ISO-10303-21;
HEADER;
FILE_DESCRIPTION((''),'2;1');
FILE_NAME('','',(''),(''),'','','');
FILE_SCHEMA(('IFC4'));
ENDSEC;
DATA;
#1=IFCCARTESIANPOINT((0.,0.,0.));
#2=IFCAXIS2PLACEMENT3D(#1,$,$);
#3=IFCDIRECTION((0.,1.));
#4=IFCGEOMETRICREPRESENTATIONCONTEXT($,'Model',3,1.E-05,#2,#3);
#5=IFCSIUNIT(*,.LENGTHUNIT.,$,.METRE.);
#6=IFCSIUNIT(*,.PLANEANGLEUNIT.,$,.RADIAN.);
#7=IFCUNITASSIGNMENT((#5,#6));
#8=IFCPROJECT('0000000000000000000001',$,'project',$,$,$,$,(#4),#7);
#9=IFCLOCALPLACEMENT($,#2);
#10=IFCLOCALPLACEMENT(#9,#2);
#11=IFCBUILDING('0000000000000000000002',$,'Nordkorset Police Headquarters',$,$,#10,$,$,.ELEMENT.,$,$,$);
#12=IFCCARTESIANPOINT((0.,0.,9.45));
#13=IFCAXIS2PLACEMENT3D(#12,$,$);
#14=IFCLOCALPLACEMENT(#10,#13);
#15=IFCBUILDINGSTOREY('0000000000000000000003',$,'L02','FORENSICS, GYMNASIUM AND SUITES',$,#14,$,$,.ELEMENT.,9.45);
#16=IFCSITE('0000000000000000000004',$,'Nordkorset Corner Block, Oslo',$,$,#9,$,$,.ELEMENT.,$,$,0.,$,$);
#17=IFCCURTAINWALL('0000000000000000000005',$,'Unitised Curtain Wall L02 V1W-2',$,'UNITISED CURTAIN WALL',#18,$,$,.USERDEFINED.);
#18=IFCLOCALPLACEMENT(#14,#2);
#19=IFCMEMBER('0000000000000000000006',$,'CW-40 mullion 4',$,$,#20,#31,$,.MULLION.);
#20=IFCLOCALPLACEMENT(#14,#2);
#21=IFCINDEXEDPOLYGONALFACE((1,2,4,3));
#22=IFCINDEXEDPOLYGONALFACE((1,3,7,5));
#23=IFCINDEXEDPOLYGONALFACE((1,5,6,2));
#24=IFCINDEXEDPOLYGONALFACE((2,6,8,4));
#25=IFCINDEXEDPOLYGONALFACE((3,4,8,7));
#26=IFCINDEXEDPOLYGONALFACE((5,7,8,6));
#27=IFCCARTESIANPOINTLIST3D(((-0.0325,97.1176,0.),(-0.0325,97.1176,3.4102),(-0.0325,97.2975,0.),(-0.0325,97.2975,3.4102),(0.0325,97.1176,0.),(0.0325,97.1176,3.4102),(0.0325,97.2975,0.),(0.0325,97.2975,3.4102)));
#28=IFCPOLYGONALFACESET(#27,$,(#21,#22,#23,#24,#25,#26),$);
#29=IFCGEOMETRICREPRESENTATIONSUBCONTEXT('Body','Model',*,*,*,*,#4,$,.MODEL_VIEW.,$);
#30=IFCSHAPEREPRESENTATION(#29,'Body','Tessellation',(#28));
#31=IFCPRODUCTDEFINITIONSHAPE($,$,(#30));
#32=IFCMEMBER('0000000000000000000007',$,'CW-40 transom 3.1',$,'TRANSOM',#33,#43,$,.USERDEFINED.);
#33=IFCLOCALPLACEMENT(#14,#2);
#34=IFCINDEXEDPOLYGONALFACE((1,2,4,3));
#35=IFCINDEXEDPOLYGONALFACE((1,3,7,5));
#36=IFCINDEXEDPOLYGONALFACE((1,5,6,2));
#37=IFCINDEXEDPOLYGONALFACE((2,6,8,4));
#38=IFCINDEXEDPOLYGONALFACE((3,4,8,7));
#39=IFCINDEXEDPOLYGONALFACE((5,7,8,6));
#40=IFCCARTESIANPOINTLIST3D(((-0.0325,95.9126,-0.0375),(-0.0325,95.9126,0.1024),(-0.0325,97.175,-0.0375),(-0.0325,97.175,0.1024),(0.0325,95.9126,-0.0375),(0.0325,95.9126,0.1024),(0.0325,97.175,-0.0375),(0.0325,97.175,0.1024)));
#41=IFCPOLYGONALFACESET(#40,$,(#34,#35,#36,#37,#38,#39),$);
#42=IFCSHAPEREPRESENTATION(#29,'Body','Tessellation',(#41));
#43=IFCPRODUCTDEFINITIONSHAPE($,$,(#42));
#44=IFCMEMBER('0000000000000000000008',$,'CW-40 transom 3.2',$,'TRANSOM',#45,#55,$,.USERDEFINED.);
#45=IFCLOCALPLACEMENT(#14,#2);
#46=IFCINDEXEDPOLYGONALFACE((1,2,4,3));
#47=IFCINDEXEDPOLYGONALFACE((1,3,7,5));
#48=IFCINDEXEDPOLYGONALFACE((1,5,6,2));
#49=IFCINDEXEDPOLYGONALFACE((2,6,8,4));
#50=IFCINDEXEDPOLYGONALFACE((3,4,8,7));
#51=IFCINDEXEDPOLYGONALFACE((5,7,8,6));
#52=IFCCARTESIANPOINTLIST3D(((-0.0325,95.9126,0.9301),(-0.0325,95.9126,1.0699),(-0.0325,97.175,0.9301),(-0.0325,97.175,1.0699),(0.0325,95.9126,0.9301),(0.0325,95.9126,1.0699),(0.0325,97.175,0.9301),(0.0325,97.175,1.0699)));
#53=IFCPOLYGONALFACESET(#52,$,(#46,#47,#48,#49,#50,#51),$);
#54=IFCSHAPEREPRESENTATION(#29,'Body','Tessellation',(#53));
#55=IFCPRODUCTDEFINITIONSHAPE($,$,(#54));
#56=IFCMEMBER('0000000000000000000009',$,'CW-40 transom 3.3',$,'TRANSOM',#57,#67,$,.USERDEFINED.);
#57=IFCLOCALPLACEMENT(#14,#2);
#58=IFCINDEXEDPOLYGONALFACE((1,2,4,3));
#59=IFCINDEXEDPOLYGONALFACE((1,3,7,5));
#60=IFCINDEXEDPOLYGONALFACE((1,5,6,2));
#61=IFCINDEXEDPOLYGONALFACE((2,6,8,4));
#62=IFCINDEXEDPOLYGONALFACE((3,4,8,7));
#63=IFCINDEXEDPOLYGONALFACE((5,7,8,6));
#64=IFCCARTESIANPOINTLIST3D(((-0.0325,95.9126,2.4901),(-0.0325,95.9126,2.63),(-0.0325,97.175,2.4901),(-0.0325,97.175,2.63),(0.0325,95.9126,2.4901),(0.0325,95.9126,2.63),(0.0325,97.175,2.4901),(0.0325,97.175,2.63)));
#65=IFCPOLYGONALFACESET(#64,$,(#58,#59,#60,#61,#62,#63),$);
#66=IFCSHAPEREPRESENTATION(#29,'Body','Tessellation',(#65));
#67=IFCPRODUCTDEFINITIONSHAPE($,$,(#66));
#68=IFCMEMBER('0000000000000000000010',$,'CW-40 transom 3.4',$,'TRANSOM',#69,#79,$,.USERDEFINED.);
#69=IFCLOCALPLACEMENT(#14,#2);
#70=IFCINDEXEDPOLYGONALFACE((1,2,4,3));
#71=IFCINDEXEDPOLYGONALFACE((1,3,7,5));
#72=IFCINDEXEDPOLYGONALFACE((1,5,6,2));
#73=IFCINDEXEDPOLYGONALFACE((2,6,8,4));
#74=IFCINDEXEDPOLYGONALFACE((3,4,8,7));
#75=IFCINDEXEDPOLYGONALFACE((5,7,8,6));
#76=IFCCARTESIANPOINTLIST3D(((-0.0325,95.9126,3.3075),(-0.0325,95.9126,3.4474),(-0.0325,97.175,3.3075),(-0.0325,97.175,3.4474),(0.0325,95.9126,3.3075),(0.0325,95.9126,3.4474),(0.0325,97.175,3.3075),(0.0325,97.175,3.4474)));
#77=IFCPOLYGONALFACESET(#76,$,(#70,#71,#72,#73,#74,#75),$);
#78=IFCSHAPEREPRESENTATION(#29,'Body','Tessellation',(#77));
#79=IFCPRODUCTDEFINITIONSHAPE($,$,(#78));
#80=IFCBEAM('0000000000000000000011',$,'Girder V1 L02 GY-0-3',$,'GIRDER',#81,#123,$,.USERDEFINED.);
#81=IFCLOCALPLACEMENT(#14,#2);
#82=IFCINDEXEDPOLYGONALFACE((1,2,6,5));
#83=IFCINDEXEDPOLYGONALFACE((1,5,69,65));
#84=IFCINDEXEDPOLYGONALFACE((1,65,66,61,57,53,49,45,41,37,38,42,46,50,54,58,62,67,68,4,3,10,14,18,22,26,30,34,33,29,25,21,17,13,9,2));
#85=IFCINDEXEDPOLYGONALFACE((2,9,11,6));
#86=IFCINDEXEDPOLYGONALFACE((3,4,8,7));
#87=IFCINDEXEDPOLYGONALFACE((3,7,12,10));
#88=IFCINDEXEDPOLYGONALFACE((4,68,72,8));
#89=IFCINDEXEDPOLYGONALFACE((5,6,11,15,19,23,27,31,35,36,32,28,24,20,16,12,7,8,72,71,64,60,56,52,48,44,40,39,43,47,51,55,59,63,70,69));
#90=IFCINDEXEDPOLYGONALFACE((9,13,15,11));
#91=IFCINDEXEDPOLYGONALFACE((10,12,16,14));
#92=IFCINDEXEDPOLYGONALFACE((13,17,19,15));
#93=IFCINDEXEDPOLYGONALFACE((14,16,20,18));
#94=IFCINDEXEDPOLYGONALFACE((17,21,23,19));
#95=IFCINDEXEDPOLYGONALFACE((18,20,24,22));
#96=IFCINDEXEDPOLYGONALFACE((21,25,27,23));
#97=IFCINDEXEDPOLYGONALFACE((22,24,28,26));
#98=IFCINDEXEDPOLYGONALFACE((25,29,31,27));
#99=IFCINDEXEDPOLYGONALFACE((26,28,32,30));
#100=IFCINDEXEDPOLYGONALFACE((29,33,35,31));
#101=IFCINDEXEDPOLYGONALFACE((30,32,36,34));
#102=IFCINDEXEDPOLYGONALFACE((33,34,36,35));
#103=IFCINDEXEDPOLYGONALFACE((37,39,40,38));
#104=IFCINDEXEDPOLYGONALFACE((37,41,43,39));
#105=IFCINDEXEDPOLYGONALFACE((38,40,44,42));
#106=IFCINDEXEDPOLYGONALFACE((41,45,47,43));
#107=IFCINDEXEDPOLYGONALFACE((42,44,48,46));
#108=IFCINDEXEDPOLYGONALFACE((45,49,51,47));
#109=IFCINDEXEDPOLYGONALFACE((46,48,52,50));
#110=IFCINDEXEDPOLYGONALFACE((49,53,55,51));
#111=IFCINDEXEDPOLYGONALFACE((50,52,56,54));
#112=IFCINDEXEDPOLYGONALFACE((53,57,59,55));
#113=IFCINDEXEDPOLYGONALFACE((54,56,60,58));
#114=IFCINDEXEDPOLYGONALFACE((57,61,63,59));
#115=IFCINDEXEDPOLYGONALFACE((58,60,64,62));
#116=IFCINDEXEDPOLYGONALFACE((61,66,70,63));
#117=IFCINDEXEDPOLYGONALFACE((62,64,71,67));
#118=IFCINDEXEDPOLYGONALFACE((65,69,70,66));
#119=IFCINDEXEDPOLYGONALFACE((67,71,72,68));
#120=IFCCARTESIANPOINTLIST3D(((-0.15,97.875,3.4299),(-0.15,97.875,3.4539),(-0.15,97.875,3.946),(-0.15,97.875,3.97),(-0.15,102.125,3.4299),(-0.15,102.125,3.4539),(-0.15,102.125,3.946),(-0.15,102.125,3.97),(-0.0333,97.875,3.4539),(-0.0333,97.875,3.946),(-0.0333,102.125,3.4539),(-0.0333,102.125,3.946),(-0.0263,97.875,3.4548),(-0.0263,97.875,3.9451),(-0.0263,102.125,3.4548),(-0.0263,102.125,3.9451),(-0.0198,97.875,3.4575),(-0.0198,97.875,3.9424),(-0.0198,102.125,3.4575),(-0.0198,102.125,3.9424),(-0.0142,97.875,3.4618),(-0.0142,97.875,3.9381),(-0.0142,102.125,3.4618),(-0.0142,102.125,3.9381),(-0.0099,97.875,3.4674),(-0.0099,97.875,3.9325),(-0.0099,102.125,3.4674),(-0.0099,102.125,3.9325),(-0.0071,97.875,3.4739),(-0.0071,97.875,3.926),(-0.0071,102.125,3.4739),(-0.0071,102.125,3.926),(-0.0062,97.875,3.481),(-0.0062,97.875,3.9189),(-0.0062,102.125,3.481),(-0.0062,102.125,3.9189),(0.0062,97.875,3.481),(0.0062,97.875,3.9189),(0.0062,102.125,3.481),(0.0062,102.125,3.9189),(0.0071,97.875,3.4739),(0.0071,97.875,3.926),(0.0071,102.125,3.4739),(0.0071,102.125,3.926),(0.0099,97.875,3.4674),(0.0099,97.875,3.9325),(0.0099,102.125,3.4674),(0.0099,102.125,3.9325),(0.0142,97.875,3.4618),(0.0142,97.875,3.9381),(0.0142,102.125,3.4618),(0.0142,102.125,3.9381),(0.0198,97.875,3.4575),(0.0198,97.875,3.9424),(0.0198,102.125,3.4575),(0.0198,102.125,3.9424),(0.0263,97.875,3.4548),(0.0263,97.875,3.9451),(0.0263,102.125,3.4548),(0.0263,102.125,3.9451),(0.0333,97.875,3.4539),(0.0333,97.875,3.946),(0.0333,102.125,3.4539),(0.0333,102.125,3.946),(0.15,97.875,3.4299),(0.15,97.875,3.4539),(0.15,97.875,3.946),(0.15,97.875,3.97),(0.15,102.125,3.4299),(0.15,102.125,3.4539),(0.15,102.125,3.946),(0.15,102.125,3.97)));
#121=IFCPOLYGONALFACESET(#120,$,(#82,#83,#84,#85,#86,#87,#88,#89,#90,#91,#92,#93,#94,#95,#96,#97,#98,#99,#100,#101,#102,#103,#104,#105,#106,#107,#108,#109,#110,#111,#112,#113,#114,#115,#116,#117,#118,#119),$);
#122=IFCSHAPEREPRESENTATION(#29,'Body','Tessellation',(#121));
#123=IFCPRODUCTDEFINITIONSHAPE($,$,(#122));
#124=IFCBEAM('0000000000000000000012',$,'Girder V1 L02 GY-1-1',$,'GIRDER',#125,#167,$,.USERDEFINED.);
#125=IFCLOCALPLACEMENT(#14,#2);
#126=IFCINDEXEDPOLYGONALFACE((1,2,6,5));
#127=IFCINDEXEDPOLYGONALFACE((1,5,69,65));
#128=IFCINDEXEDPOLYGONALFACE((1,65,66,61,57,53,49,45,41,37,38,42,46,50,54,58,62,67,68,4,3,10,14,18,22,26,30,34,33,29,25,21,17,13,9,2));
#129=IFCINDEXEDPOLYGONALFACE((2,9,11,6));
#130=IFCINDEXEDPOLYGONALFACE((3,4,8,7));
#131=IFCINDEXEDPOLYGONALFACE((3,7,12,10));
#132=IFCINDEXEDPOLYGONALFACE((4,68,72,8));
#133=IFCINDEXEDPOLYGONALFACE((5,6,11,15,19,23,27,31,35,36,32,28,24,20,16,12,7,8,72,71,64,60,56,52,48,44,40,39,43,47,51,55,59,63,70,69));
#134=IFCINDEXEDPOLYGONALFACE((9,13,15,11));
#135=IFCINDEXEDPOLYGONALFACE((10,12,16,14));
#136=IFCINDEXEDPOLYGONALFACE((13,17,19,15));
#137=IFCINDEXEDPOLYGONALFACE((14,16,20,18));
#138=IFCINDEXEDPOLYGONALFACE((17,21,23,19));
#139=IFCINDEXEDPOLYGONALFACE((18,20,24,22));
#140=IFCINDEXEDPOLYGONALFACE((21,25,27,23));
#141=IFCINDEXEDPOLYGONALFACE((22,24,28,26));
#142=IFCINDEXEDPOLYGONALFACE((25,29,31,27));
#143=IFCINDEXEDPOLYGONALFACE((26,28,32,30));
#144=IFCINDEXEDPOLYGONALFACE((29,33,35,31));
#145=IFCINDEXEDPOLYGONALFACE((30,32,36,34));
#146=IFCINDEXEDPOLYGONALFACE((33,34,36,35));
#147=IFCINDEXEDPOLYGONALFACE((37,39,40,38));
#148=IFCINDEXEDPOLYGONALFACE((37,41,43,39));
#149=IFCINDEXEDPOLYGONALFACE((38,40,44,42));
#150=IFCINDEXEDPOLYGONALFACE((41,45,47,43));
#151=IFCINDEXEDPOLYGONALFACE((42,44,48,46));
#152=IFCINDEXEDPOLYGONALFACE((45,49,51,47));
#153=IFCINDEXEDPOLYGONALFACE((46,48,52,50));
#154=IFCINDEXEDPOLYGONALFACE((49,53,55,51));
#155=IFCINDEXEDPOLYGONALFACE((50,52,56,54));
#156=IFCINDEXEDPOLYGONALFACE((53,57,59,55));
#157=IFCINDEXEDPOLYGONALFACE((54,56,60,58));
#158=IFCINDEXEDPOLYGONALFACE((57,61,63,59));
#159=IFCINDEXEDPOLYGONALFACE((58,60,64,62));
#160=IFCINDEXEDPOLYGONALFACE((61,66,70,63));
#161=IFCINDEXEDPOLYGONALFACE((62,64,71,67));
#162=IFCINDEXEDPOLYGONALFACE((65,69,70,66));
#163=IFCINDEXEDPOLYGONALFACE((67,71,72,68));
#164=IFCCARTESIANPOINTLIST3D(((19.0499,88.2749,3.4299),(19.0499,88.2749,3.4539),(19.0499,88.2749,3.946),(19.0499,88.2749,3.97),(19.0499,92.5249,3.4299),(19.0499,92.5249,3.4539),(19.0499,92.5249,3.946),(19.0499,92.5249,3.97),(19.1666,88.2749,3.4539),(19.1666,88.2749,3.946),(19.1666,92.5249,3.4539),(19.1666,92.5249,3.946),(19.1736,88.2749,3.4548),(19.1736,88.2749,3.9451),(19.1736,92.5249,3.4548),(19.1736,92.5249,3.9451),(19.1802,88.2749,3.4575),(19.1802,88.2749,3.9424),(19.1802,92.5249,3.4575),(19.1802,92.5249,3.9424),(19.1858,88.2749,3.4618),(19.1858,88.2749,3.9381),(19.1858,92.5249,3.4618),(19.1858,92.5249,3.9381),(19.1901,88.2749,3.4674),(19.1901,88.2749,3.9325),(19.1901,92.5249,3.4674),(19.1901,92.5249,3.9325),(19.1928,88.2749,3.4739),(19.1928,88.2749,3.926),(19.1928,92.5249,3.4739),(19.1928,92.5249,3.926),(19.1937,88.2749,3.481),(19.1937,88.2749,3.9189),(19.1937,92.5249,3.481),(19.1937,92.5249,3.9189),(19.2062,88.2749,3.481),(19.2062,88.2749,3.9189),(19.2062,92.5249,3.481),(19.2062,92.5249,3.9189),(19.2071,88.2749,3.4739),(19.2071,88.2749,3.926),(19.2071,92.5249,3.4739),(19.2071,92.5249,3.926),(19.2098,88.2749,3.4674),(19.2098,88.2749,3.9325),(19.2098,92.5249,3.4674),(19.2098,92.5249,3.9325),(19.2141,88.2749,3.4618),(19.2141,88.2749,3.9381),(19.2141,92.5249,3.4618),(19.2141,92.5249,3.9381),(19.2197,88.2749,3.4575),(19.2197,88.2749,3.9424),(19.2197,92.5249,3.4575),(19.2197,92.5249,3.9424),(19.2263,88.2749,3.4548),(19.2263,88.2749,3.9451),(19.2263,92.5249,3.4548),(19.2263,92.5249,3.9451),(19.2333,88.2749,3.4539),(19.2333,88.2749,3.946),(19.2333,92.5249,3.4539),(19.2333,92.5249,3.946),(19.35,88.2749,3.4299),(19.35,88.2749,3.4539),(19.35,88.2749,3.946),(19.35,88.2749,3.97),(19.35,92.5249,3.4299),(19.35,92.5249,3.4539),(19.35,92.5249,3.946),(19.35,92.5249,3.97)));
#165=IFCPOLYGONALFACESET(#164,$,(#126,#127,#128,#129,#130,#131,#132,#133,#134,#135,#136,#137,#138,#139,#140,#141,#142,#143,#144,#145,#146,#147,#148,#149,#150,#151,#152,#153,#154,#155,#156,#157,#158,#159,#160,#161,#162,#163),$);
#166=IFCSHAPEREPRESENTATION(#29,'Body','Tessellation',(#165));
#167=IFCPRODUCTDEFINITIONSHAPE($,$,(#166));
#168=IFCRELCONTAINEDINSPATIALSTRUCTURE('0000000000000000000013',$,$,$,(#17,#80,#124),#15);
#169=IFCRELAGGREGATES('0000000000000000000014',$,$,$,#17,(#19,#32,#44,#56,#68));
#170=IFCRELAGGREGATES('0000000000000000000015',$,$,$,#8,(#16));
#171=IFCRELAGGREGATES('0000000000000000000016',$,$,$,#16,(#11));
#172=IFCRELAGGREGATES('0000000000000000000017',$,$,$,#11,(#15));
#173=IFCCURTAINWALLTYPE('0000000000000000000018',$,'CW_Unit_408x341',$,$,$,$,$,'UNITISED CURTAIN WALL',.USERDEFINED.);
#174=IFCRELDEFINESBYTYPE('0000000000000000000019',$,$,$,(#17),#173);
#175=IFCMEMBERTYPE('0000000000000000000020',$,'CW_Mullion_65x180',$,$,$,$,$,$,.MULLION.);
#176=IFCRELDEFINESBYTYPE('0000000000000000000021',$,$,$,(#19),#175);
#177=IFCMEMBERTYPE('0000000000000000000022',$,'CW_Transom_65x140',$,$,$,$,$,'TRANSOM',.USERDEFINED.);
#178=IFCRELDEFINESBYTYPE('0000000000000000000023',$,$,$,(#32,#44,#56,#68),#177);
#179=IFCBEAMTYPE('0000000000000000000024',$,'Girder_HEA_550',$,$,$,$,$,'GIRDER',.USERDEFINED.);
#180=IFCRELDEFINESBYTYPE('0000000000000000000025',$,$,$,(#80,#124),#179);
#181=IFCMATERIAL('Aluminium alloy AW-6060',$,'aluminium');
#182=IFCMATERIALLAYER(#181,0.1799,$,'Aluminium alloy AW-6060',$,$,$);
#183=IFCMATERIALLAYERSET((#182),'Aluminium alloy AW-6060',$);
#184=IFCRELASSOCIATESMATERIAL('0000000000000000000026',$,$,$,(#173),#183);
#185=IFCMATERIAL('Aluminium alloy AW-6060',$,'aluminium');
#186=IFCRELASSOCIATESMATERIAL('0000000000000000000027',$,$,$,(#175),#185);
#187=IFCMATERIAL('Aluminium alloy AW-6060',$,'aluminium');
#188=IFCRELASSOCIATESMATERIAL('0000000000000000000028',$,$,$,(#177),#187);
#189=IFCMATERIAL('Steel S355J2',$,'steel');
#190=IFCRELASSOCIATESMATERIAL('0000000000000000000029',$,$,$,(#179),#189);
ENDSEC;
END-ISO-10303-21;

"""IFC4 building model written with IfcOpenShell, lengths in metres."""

from ifc_helpers import new_model, si_unit, direction, frame, origin, origin_2d, place, context, subcontext, project, spatial, rectangle, i_section, extrude, material, layer, layer_set, material_profile, profile_set, type_object, element, aggregate, save


model = new_model("IFC4")

# Units and contexts
model_context = context("Model", 3, precision=1e-05, world=origin(), true_north=direction((0.0, 1.0)))
body_context = subcontext(model_context, "Body", "Model", "MODEL_VIEW")
ifc_project = project(units=[si_unit("LENGTHUNIT", "METRE"), si_unit("PLANEANGLEUNIT", "RADIAN")], contexts=[model_context])

# Site, building, storey
site_placement = place(None, origin())
site = spatial("IfcSite", under=ifc_project, at=site_placement, Name="Nordkorset Corner Block, Oslo", CompositionType="ELEMENT", RefElevation=0.0)
building_placement = place(site_placement, origin())
building = spatial("IfcBuilding", under=site, at=building_placement, Name="Nordkorset Police Headquarters", CompositionType="ELEMENT")
storey_placement = place(building_placement, frame((0.0, 0.0, 9.45)))
storey = spatial("IfcBuildingStorey", under=building, at=storey_placement, Name="L02", Description="FORENSICS, GYMNASIUM AND SUITES", CompositionType="ELEMENT", Elevation=9.45)

# Curtain wall, members
ifc_material_1 = material(Name="Aluminium alloy AW-6060", Category="aluminium")
ifc_layer_1 = layer(ifc_material_1, 0.1799, Name="Aluminium alloy AW-6060")
ifc_layer_set_1 = layer_set([ifc_layer_1], Name="Aluminium alloy AW-6060")
curtain_wall_type = type_object("IfcCurtainWallType", Name="CW_Unit_408x341", ElementType="UNITISED CURTAIN WALL", PredefinedType="USERDEFINED", material=ifc_layer_set_1)
curtain_wall_placement = place(storey_placement, origin())
curtain_wall = element("IfcCurtainWall", 1, at=curtain_wall_placement, inside=storey, type_object=curtain_wall_type, Name="Unitised Curtain Wall L02 V1W-2", ObjectType="UNITISED CURTAIN WALL", PredefinedType="USERDEFINED")
ifc_material_2 = material(Name="Aluminium alloy AW-6060", Category="aluminium")
ifc_material_profile_1 = material_profile(ifc_material_2, rectangle(XDim=0.0649, YDim=0.1799, at=origin_2d()), Name="ALU MULL 65x180")
ifc_profile_set_1 = profile_set([ifc_material_profile_1], Name="Aluminium alloy AW-6060")
member_type_1 = type_object("IfcMemberType", Name="CW_Mullion_65x180", PredefinedType="MULLION", material=ifc_profile_set_1)
member_1_placement = place(storey_placement, frame((0.0, 97.2075, 0.0), z_axis=(0.0, 0.0, 1.0), x_axis=(-1.0, 0.0, 0.0)))
member_1 = element("IfcMember", 2, at=member_1_placement, type_object=member_type_1, Name="CW-40 mullion 4", PredefinedType="MULLION", context=body_context, shape_type="SweptSolid", body=[
    extrude(rectangle(XDim=0.0649, YDim=0.1799, at=origin_2d()), origin(), (0.0, 0.0, 1.0), 3.4102),
])
ifc_material_3 = material(Name="Aluminium alloy AW-6060", Category="aluminium")
ifc_material_profile_2 = material_profile(ifc_material_3, rectangle(XDim=0.0649, YDim=0.1399, at=origin_2d()), Name="ALU TRAN 65x140")
ifc_profile_set_2 = profile_set([ifc_material_profile_2], Name="Aluminium alloy AW-6060")
member_type_2 = type_object("IfcMemberType", Name="CW_Transom_65x140", ElementType="TRANSOM", PredefinedType="USERDEFINED", material=ifc_profile_set_2)
member_2_placement = place(storey_placement, frame((0.0, 95.9126, 0.0325), z_axis=(0.0, 1.0, 0.0), x_axis=(-1.0, 0.0, 0.0)))
member_2 = element("IfcMember", 3, at=member_2_placement, type_object=member_type_2, Name="CW-40 transom 3.1", ObjectType="TRANSOM", PredefinedType="USERDEFINED", context=body_context, shape_type="SweptSolid", body=[
    extrude(rectangle(XDim=0.0649, YDim=0.1399, at=origin_2d()), origin(), (0.0, 0.0, 1.0), 1.2625),
])
member_3_placement = place(storey_placement, frame((0.0, 95.9126, 1.0), z_axis=(0.0, 1.0, 0.0), x_axis=(-1.0, 0.0, 0.0)))
member_3 = element("IfcMember", 4, at=member_3_placement, type_object=member_type_2, Name="CW-40 transom 3.2", ObjectType="TRANSOM", PredefinedType="USERDEFINED", context=body_context, shape_type="SweptSolid", body=[
    extrude(rectangle(XDim=0.0649, YDim=0.1399, at=origin_2d()), origin(), (0.0, 0.0, 1.0), 1.2625),
])
member_4_placement = place(storey_placement, frame((0.0, 95.9126, 2.5601), z_axis=(0.0, 1.0, 0.0), x_axis=(-1.0, 0.0, 0.0)))
member_4 = element("IfcMember", 5, at=member_4_placement, type_object=member_type_2, Name="CW-40 transom 3.3", ObjectType="TRANSOM", PredefinedType="USERDEFINED", context=body_context, shape_type="SweptSolid", body=[
    extrude(rectangle(XDim=0.0649, YDim=0.1399, at=origin_2d()), origin(), (0.0, 0.0, 1.0), 1.2625),
])
member_5_placement = place(storey_placement, frame((0.0, 95.9126, 3.3774), z_axis=(0.0, 1.0, 0.0), x_axis=(-1.0, 0.0, 0.0)))
member_5 = element("IfcMember", 6, at=member_5_placement, type_object=member_type_2, Name="CW-40 transom 3.4", ObjectType="TRANSOM", PredefinedType="USERDEFINED", context=body_context, shape_type="SweptSolid", body=[
    extrude(rectangle(XDim=0.0649, YDim=0.1399, at=origin_2d()), origin(), (0.0, 0.0, 1.0), 1.2625),
])

# Beams
ifc_material_4 = material(Name="Steel S355J2", Category="steel")
ifc_material_profile_3 = material_profile(ifc_material_4, i_section(OverallWidth=0.3, OverallDepth=0.54, WebThickness=0.0125, FlangeThickness=0.0239, FilletRadius=0.0271, at=origin_2d()), Name="HEA 550")
ifc_profile_set_3 = profile_set([ifc_material_profile_3], Name="Steel S355J2")
beam_type_1 = type_object("IfcBeamType", Name="Girder_HEA_550", ElementType="GIRDER", PredefinedType="USERDEFINED", material=ifc_profile_set_3)
for number, where, z_axis, x_axis, name in (
    (7, (0.0, 97.875, 3.7), (0.0, 1.0, 0.0), (-1.0, 0.0, 0.0), "Girder V1 L02 GY-0-3"),
    (8, (19.2, 88.2749, 3.7), (0.0, 1.0, 0.0), (-1.0, 0.0, 0.0), "Girder V1 L02 GY-1-1"),
):
    element("IfcBeam", number, at=place(storey_placement, frame(where, z_axis=z_axis, x_axis=x_axis)), inside=storey, type_object=beam_type_1, Name=name, ObjectType="GIRDER", PredefinedType="USERDEFINED", context=body_context, shape_type="SweptSolid", body=[
        extrude(i_section(OverallWidth=0.3, OverallDepth=0.54, WebThickness=0.0125, FlangeThickness=0.0239, FilletRadius=0.0271, at=origin_2d()), origin(), (0.0, 0.0, 1.0), 4.25),
    ])

aggregate(curtain_wall, [member_1, member_2, member_3, member_4, member_5])

save(model, "model.ifc")
